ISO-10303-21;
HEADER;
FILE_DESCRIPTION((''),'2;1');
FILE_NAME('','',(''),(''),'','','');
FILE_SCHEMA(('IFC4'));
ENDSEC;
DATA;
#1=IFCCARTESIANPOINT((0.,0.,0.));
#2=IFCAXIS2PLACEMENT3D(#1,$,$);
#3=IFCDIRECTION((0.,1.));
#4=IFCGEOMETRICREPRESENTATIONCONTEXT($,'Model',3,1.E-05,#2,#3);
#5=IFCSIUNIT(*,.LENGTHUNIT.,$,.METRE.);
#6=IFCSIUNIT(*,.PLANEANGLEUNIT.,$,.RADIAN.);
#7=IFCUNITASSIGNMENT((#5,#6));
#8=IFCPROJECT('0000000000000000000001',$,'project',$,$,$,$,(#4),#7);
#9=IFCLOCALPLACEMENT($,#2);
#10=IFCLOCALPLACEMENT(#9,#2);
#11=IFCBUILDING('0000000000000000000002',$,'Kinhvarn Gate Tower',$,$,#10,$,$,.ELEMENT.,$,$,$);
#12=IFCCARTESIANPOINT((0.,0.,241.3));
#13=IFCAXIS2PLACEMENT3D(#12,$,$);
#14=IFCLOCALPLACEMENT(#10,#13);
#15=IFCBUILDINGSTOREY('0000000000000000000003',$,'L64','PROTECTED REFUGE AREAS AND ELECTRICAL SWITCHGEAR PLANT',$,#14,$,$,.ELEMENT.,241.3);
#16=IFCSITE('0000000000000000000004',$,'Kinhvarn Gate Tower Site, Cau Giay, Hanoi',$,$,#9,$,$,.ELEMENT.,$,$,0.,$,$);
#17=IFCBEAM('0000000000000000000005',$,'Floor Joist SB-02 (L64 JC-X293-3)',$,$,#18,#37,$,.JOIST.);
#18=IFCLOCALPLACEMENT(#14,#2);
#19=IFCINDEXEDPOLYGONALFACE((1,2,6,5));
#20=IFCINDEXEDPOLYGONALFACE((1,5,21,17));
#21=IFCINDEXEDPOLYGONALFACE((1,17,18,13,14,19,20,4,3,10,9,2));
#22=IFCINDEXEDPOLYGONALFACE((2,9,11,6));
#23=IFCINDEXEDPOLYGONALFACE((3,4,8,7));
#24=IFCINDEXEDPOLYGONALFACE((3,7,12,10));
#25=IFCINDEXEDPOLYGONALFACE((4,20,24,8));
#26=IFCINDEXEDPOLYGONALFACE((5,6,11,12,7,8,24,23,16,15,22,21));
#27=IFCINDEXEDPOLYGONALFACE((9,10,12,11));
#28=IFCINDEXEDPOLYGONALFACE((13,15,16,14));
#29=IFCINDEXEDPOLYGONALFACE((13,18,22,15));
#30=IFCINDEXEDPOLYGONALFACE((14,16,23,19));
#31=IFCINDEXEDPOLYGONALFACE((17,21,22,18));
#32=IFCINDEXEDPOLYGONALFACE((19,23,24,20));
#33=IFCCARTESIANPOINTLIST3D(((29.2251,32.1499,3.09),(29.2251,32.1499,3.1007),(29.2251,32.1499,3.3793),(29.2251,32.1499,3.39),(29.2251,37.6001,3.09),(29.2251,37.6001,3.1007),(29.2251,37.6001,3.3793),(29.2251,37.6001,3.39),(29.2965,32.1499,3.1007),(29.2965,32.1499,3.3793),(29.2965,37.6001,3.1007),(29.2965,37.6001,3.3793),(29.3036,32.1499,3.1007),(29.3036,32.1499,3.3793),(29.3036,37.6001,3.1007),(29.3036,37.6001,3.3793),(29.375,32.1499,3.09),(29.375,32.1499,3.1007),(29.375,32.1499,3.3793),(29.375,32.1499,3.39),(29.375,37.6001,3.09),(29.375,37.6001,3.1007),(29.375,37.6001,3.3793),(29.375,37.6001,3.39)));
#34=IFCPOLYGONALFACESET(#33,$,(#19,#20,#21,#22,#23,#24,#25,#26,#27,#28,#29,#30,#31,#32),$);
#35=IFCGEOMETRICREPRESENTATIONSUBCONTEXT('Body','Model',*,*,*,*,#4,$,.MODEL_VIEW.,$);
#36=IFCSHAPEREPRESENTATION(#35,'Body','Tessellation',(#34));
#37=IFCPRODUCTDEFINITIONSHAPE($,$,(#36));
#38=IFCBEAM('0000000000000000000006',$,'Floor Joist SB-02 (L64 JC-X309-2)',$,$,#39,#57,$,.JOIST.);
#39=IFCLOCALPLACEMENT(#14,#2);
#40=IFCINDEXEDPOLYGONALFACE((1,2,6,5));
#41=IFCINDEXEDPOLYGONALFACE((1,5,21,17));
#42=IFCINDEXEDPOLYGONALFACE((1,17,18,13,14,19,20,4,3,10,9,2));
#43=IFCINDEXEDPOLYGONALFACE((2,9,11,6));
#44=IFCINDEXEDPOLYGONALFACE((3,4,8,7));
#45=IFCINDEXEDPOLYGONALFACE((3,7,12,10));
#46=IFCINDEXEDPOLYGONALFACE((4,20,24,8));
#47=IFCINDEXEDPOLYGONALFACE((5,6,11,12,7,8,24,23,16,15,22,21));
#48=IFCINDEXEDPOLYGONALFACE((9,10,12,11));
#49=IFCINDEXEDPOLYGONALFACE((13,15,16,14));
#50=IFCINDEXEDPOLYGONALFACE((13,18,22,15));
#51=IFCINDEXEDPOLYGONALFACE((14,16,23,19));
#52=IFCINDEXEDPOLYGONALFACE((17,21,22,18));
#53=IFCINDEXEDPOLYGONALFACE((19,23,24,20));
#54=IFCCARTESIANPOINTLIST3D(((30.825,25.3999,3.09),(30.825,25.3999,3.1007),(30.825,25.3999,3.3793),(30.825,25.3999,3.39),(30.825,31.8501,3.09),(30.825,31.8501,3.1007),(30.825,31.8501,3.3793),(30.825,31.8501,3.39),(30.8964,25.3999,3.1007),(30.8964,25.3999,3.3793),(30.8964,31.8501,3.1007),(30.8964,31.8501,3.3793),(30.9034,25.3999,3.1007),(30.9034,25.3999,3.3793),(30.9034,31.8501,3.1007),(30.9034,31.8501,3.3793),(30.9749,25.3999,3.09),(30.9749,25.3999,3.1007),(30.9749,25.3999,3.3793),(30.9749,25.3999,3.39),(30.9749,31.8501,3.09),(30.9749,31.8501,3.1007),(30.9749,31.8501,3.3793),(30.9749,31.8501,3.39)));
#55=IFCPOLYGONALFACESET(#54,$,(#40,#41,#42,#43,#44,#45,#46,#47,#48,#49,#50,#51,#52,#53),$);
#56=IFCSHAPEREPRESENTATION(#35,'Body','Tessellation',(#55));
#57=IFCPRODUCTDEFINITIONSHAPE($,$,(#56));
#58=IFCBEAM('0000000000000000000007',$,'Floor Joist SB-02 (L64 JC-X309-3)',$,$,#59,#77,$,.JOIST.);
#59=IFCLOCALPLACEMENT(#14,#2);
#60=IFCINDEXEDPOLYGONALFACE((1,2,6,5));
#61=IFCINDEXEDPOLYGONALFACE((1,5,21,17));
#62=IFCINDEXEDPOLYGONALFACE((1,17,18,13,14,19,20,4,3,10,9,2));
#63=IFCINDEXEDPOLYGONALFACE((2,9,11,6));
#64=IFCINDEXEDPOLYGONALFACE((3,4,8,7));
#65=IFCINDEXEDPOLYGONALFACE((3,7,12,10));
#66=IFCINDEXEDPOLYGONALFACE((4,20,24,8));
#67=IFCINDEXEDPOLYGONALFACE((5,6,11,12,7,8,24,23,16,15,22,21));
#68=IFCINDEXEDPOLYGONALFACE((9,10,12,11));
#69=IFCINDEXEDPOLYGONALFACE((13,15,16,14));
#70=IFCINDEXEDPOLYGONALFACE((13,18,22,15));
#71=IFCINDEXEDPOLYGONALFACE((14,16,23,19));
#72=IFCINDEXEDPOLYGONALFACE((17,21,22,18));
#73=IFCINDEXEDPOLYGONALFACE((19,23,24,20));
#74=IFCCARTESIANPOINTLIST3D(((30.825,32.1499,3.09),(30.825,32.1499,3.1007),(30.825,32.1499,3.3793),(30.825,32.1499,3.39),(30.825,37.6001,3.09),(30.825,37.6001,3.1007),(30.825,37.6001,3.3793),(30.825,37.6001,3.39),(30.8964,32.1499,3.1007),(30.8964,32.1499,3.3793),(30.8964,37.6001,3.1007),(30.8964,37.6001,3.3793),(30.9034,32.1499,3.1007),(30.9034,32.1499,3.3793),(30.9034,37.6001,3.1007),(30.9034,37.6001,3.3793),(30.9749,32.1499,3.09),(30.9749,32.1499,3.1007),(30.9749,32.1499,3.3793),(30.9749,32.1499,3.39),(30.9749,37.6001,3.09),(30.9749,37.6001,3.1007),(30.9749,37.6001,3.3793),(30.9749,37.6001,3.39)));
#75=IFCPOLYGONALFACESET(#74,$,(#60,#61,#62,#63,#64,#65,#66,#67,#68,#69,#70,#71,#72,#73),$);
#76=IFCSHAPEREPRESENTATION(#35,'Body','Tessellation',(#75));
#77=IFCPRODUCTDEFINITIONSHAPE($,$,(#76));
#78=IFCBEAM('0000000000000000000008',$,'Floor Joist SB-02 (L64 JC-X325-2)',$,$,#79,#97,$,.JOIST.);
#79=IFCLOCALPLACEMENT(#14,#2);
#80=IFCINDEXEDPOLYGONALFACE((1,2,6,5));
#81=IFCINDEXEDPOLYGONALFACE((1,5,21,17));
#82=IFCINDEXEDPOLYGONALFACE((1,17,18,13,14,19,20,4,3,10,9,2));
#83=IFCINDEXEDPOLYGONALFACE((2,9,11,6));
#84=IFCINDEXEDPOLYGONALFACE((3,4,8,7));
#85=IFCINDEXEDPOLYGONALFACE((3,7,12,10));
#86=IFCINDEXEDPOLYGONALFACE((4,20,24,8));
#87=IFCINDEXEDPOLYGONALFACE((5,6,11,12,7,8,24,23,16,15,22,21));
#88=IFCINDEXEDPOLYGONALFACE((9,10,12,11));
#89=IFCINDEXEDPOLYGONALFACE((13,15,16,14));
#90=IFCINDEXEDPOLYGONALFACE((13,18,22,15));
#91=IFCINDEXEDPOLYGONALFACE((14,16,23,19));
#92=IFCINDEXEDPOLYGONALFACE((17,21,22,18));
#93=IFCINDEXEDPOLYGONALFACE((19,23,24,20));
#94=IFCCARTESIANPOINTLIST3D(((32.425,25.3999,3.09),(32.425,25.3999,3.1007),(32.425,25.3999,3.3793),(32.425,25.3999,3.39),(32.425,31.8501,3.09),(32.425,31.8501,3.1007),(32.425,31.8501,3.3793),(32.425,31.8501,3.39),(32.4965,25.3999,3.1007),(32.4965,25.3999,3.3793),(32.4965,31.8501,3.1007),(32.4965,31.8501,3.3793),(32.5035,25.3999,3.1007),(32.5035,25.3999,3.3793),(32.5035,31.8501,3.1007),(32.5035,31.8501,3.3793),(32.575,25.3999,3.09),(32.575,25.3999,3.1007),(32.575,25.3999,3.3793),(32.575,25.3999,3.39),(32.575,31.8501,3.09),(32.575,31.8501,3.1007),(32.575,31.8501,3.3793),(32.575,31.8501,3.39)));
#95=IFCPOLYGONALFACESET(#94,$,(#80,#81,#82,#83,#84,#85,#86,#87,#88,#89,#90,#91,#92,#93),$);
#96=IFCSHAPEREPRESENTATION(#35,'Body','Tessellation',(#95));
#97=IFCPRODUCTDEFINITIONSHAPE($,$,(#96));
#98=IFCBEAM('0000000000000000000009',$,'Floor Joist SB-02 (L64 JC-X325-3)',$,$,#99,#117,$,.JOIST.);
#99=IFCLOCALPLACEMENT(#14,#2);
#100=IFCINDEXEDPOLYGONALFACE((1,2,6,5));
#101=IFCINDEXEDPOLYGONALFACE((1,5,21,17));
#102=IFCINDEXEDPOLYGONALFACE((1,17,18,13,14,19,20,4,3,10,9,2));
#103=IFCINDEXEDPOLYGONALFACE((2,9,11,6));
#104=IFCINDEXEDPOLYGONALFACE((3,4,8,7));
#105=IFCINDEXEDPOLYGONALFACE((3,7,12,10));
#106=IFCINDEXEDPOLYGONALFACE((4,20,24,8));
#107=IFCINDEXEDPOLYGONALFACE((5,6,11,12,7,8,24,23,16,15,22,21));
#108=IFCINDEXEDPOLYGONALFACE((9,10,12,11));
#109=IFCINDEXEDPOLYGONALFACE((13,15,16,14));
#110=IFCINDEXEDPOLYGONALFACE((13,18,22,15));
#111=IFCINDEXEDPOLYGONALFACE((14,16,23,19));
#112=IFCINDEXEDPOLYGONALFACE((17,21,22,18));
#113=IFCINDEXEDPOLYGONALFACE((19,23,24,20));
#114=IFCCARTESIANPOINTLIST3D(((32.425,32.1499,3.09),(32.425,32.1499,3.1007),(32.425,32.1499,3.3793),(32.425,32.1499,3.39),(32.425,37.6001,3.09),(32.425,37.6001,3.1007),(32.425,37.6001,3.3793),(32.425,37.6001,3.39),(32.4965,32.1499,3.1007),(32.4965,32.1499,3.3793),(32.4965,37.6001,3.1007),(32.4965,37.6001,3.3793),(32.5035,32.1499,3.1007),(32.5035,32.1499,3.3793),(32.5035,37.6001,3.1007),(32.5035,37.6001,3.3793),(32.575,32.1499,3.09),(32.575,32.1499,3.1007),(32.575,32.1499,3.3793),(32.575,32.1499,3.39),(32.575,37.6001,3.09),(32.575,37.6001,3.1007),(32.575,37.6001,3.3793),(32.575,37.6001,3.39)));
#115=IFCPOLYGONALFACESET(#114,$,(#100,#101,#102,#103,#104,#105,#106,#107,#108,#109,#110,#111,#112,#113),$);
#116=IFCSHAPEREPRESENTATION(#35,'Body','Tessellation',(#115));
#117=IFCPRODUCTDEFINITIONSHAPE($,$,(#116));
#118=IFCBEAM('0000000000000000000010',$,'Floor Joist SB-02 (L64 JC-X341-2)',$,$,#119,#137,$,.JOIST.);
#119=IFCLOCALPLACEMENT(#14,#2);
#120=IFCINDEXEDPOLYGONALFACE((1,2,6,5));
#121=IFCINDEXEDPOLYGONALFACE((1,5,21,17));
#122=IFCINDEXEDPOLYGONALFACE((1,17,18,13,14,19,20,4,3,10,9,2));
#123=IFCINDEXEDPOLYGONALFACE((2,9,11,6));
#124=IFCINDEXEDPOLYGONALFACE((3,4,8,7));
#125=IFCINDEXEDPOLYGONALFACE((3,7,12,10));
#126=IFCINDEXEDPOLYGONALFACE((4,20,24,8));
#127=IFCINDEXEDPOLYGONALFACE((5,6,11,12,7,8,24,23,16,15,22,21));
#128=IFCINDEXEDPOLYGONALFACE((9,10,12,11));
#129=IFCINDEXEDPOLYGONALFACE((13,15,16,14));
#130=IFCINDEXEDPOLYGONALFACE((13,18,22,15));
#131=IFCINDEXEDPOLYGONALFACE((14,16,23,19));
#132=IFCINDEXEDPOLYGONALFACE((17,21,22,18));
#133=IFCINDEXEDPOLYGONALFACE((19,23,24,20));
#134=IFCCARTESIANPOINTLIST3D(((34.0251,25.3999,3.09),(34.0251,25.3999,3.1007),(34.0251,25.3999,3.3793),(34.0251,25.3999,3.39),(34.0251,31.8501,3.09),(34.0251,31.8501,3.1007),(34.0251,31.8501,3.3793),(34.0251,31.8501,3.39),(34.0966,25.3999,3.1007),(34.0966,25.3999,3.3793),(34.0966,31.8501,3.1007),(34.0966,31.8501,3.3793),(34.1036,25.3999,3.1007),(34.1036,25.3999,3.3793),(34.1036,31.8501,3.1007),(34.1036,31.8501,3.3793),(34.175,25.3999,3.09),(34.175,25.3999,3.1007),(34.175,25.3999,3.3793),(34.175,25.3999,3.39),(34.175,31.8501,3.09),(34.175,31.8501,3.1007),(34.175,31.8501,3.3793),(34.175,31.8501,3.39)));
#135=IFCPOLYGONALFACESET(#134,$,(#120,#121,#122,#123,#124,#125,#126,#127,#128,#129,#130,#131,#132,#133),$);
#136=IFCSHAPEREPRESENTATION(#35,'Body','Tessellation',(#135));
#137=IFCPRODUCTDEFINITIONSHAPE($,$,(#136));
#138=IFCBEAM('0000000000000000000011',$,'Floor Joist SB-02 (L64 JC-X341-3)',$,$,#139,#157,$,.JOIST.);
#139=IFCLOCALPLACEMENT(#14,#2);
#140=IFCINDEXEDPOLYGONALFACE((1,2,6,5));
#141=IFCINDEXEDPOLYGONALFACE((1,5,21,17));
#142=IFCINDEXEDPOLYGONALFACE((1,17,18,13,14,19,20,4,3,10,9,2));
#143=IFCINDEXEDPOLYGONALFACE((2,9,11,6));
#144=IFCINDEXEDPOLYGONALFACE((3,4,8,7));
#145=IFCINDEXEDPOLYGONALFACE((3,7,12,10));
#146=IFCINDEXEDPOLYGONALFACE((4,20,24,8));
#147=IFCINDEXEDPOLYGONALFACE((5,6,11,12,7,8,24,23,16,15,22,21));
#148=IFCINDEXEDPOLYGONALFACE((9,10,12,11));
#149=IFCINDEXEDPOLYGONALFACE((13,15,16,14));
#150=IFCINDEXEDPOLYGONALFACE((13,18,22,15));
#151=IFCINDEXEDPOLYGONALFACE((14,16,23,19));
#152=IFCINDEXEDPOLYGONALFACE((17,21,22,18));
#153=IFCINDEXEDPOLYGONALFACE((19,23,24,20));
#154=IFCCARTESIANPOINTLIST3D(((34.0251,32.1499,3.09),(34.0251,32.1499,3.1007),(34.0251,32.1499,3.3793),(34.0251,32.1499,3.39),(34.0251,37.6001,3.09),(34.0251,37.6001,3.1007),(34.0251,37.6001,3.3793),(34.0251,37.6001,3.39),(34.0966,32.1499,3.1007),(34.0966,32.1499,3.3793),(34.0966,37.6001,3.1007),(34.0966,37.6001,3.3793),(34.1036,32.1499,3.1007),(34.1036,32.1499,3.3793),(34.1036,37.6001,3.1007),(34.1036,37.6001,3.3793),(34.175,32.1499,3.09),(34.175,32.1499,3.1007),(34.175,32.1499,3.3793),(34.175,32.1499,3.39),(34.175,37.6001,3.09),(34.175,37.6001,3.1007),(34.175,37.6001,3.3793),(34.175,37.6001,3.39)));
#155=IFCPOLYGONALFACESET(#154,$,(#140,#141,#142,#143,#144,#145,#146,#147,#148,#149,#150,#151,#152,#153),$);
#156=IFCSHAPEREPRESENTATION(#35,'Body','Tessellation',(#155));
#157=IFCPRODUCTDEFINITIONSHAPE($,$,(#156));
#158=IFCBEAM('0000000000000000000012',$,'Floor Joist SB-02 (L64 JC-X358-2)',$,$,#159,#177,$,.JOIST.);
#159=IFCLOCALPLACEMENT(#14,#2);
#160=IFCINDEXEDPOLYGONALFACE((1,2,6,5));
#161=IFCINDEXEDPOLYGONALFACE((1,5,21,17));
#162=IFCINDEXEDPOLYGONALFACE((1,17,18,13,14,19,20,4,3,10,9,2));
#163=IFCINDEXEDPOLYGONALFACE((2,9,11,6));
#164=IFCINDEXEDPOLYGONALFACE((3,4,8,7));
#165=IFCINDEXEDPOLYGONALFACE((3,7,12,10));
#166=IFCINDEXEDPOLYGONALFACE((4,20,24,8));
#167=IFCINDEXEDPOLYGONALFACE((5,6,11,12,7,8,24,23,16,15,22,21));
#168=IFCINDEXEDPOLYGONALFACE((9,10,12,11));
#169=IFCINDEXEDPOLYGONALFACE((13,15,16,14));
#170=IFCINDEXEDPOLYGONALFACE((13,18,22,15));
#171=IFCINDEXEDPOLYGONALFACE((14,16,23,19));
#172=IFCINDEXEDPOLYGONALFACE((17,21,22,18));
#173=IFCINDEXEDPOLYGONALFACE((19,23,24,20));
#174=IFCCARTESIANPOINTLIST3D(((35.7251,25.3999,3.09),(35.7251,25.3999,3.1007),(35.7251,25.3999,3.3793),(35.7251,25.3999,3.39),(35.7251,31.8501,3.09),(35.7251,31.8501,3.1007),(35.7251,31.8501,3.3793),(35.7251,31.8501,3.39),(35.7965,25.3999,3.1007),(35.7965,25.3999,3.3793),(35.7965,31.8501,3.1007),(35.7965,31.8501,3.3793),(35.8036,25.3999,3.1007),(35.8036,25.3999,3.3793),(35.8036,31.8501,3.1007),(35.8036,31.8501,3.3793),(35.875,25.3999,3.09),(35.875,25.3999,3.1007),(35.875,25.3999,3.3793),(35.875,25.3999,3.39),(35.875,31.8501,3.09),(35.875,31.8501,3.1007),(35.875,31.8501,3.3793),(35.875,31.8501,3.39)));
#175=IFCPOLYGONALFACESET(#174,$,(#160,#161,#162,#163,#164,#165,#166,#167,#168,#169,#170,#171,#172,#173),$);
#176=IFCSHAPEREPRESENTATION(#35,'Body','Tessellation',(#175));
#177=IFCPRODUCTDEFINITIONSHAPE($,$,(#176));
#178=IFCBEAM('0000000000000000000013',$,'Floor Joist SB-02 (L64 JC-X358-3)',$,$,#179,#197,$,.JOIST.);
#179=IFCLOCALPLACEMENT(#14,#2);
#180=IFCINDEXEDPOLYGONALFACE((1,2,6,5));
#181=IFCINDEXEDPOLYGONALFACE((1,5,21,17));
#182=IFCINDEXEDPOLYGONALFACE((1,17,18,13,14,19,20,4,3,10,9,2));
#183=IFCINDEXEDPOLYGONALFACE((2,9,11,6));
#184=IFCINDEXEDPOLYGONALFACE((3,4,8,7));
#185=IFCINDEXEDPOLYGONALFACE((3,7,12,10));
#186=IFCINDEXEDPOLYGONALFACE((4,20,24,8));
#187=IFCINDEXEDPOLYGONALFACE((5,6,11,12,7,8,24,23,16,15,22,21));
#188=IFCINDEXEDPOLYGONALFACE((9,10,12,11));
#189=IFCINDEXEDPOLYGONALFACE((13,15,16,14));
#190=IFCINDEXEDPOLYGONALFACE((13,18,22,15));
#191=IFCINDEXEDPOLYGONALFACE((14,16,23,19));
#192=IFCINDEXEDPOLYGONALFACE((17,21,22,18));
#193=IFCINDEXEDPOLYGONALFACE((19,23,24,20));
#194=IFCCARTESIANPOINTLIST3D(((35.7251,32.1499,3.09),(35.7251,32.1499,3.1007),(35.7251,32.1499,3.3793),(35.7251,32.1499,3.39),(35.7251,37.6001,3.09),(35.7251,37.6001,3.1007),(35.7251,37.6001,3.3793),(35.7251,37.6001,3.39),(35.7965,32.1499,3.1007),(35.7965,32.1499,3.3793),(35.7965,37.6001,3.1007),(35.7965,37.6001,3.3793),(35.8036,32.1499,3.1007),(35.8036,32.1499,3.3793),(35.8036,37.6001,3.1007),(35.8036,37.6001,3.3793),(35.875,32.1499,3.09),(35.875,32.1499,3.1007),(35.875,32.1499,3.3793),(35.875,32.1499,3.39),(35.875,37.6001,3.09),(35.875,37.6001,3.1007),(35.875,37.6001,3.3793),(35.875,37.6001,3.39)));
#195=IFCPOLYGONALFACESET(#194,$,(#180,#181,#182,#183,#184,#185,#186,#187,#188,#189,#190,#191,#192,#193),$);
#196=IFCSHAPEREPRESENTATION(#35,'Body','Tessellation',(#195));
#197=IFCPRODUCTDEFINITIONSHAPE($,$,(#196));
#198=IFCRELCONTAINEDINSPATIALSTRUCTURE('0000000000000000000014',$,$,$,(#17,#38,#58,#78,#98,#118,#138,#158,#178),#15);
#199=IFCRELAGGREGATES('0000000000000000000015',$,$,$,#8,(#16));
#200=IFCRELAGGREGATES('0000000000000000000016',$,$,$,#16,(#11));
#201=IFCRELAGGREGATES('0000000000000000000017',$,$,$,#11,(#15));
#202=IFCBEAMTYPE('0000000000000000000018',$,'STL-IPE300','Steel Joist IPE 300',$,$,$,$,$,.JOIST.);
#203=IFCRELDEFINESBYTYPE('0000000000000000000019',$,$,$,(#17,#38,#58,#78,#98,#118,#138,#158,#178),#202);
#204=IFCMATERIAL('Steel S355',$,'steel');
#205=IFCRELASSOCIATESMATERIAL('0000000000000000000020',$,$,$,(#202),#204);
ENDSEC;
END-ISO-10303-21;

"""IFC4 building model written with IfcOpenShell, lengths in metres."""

from ifc_helpers import new_model, si_unit, direction, frame, origin, origin_2d, place, context, subcontext, project, spatial, i_section, extrude, material, material_profile, profile_set, type_object, element, save


model = new_model("IFC4")

# Units and contexts
model_context = context("Model", 3, precision=1e-05, world=origin(), true_north=direction((0.0, 1.0)))
body_context = subcontext(model_context, "Body", "Model", "MODEL_VIEW")
ifc_project = project(units=[si_unit("LENGTHUNIT", "METRE"), si_unit("PLANEANGLEUNIT", "RADIAN")], contexts=[model_context])

# Site, building, storey
site_placement = place(None, origin())
site = spatial("IfcSite", under=ifc_project, at=site_placement, Name="Kinhvarn Gate Tower Site, Cau Giay, Hanoi", CompositionType="ELEMENT", RefElevation=0.0)
building_placement = place(site_placement, origin())
building = spatial("IfcBuilding", under=site, at=building_placement, Name="Kinhvarn Gate Tower", CompositionType="ELEMENT")
storey_placement = place(building_placement, frame((0.0, 0.0, 241.3)))
storey = spatial("IfcBuildingStorey", under=building, at=storey_placement, Name="L64", Description="PROTECTED REFUGE AREAS AND ELECTRICAL SWITCHGEAR PLANT", CompositionType="ELEMENT", Elevation=241.3)

# Beams
ifc_material_1 = material(Name="Steel S355", Category="steel")
ifc_material_profile_1 = material_profile(ifc_material_1, i_section(OverallWidth=0.1499, OverallDepth=0.3, WebThickness=0.0071, FlangeThickness=0.0107, at=origin_2d()), Name="IPE 300")
ifc_profile_set_1 = profile_set([ifc_material_profile_1], Name="Steel S355")
beam_type_1 = type_object("IfcBeamType", Name="STL-IPE300", Description="Steel Joist IPE 300", PredefinedType="JOIST", material=ifc_profile_set_1)
beam_1_placement = place(storey_placement, frame((29.3, 32.1499, 3.24), z_axis=(0.0, 1.0, 0.0), x_axis=(-1.0, 0.0, 0.0)))
element("IfcBeam", 1, at=beam_1_placement, inside=storey, type_object=beam_type_1, Name="Floor Joist SB-02 (L64 JC-X293-3)", PredefinedType="JOIST", context=body_context, shape_type="SweptSolid", body=[
    extrude(i_section(OverallWidth=0.1499, OverallDepth=0.3, WebThickness=0.0071, FlangeThickness=0.0107, at=origin_2d()), origin(), (0.0, 0.0, 1.0), 5.4502),
])
beam_2_placement = place(storey_placement, frame((30.8999, 25.3999, 3.24), z_axis=(0.0, 1.0, 0.0), x_axis=(-1.0, 0.0, 0.0)))
element("IfcBeam", 2, at=beam_2_placement, inside=storey, type_object=beam_type_1, Name="Floor Joist SB-02 (L64 JC-X309-2)", PredefinedType="JOIST", context=body_context, shape_type="SweptSolid", body=[
    extrude(i_section(OverallWidth=0.1499, OverallDepth=0.3, WebThickness=0.0071, FlangeThickness=0.0107, at=origin_2d()), origin(), (0.0, 0.0, 1.0), 6.4502),
])
beam_3_placement = place(storey_placement, frame((30.8999, 32.1499, 3.24), z_axis=(0.0, 1.0, 0.0), x_axis=(-1.0, 0.0, 0.0)))
element("IfcBeam", 3, at=beam_3_placement, inside=storey, type_object=beam_type_1, Name="Floor Joist SB-02 (L64 JC-X309-3)", PredefinedType="JOIST", context=body_context, shape_type="SweptSolid", body=[
    extrude(i_section(OverallWidth=0.1499, OverallDepth=0.3, WebThickness=0.0071, FlangeThickness=0.0107, at=origin_2d()), origin(), (0.0, 0.0, 1.0), 5.4502),
])
beam_4_placement = place(storey_placement, frame((32.5, 25.3999, 3.24), z_axis=(0.0, 1.0, 0.0), x_axis=(-1.0, 0.0, 0.0)))
element("IfcBeam", 4, at=beam_4_placement, inside=storey, type_object=beam_type_1, Name="Floor Joist SB-02 (L64 JC-X325-2)", PredefinedType="JOIST", context=body_context, shape_type="SweptSolid", body=[
    extrude(i_section(OverallWidth=0.1499, OverallDepth=0.3, WebThickness=0.0071, FlangeThickness=0.0107, at=origin_2d()), origin(), (0.0, 0.0, 1.0), 6.4502),
])
beam_5_placement = place(storey_placement, frame((32.5, 32.1499, 3.24), z_axis=(0.0, 1.0, 0.0), x_axis=(-1.0, 0.0, 0.0)))
element("IfcBeam", 5, at=beam_5_placement, inside=storey, type_object=beam_type_1, Name="Floor Joist SB-02 (L64 JC-X325-3)", PredefinedType="JOIST", context=body_context, shape_type="SweptSolid", body=[
    extrude(i_section(OverallWidth=0.1499, OverallDepth=0.3, WebThickness=0.0071, FlangeThickness=0.0107, at=origin_2d()), origin(), (0.0, 0.0, 1.0), 5.4502),
])
beam_6_placement = place(storey_placement, frame((34.1001, 25.3999, 3.24), z_axis=(0.0, 1.0, 0.0), x_axis=(-1.0, 0.0, 0.0)))
element("IfcBeam", 6, at=beam_6_placement, inside=storey, type_object=beam_type_1, Name="Floor Joist SB-02 (L64 JC-X341-2)", PredefinedType="JOIST", context=body_context, shape_type="SweptSolid", body=[
    extrude(i_section(OverallWidth=0.1499, OverallDepth=0.3, WebThickness=0.0071, FlangeThickness=0.0107, at=origin_2d()), origin(), (0.0, 0.0, 1.0), 6.4502),
])
beam_7_placement = place(storey_placement, frame((34.1001, 32.1499, 3.24), z_axis=(0.0, 1.0, 0.0), x_axis=(-1.0, 0.0, 0.0)))
element("IfcBeam", 7, at=beam_7_placement, inside=storey, type_object=beam_type_1, Name="Floor Joist SB-02 (L64 JC-X341-3)", PredefinedType="JOIST", context=body_context, shape_type="SweptSolid", body=[
    extrude(i_section(OverallWidth=0.1499, OverallDepth=0.3, WebThickness=0.0071, FlangeThickness=0.0107, at=origin_2d()), origin(), (0.0, 0.0, 1.0), 5.4502),
])
beam_8_placement = place(storey_placement, frame((35.8, 25.3999, 3.24), z_axis=(0.0, 1.0, 0.0), x_axis=(-1.0, 0.0, 0.0)))
element("IfcBeam", 8, at=beam_8_placement, inside=storey, type_object=beam_type_1, Name="Floor Joist SB-02 (L64 JC-X358-2)", PredefinedType="JOIST", context=body_context, shape_type="SweptSolid", body=[
    extrude(i_section(OverallWidth=0.1499, OverallDepth=0.3, WebThickness=0.0071, FlangeThickness=0.0107, at=origin_2d()), origin(), (0.0, 0.0, 1.0), 6.4502),
])
beam_9_placement = place(storey_placement, frame((35.8, 32.1499, 3.24), z_axis=(0.0, 1.0, 0.0), x_axis=(-1.0, 0.0, 0.0)))
element("IfcBeam", 9, at=beam_9_placement, inside=storey, type_object=beam_type_1, Name="Floor Joist SB-02 (L64 JC-X358-3)", PredefinedType="JOIST", context=body_context, shape_type="SweptSolid", body=[
    extrude(i_section(OverallWidth=0.1499, OverallDepth=0.3, WebThickness=0.0071, FlangeThickness=0.0107, at=origin_2d()), origin(), (0.0, 0.0, 1.0), 5.4502),
])

save(model, "model.ifc")
